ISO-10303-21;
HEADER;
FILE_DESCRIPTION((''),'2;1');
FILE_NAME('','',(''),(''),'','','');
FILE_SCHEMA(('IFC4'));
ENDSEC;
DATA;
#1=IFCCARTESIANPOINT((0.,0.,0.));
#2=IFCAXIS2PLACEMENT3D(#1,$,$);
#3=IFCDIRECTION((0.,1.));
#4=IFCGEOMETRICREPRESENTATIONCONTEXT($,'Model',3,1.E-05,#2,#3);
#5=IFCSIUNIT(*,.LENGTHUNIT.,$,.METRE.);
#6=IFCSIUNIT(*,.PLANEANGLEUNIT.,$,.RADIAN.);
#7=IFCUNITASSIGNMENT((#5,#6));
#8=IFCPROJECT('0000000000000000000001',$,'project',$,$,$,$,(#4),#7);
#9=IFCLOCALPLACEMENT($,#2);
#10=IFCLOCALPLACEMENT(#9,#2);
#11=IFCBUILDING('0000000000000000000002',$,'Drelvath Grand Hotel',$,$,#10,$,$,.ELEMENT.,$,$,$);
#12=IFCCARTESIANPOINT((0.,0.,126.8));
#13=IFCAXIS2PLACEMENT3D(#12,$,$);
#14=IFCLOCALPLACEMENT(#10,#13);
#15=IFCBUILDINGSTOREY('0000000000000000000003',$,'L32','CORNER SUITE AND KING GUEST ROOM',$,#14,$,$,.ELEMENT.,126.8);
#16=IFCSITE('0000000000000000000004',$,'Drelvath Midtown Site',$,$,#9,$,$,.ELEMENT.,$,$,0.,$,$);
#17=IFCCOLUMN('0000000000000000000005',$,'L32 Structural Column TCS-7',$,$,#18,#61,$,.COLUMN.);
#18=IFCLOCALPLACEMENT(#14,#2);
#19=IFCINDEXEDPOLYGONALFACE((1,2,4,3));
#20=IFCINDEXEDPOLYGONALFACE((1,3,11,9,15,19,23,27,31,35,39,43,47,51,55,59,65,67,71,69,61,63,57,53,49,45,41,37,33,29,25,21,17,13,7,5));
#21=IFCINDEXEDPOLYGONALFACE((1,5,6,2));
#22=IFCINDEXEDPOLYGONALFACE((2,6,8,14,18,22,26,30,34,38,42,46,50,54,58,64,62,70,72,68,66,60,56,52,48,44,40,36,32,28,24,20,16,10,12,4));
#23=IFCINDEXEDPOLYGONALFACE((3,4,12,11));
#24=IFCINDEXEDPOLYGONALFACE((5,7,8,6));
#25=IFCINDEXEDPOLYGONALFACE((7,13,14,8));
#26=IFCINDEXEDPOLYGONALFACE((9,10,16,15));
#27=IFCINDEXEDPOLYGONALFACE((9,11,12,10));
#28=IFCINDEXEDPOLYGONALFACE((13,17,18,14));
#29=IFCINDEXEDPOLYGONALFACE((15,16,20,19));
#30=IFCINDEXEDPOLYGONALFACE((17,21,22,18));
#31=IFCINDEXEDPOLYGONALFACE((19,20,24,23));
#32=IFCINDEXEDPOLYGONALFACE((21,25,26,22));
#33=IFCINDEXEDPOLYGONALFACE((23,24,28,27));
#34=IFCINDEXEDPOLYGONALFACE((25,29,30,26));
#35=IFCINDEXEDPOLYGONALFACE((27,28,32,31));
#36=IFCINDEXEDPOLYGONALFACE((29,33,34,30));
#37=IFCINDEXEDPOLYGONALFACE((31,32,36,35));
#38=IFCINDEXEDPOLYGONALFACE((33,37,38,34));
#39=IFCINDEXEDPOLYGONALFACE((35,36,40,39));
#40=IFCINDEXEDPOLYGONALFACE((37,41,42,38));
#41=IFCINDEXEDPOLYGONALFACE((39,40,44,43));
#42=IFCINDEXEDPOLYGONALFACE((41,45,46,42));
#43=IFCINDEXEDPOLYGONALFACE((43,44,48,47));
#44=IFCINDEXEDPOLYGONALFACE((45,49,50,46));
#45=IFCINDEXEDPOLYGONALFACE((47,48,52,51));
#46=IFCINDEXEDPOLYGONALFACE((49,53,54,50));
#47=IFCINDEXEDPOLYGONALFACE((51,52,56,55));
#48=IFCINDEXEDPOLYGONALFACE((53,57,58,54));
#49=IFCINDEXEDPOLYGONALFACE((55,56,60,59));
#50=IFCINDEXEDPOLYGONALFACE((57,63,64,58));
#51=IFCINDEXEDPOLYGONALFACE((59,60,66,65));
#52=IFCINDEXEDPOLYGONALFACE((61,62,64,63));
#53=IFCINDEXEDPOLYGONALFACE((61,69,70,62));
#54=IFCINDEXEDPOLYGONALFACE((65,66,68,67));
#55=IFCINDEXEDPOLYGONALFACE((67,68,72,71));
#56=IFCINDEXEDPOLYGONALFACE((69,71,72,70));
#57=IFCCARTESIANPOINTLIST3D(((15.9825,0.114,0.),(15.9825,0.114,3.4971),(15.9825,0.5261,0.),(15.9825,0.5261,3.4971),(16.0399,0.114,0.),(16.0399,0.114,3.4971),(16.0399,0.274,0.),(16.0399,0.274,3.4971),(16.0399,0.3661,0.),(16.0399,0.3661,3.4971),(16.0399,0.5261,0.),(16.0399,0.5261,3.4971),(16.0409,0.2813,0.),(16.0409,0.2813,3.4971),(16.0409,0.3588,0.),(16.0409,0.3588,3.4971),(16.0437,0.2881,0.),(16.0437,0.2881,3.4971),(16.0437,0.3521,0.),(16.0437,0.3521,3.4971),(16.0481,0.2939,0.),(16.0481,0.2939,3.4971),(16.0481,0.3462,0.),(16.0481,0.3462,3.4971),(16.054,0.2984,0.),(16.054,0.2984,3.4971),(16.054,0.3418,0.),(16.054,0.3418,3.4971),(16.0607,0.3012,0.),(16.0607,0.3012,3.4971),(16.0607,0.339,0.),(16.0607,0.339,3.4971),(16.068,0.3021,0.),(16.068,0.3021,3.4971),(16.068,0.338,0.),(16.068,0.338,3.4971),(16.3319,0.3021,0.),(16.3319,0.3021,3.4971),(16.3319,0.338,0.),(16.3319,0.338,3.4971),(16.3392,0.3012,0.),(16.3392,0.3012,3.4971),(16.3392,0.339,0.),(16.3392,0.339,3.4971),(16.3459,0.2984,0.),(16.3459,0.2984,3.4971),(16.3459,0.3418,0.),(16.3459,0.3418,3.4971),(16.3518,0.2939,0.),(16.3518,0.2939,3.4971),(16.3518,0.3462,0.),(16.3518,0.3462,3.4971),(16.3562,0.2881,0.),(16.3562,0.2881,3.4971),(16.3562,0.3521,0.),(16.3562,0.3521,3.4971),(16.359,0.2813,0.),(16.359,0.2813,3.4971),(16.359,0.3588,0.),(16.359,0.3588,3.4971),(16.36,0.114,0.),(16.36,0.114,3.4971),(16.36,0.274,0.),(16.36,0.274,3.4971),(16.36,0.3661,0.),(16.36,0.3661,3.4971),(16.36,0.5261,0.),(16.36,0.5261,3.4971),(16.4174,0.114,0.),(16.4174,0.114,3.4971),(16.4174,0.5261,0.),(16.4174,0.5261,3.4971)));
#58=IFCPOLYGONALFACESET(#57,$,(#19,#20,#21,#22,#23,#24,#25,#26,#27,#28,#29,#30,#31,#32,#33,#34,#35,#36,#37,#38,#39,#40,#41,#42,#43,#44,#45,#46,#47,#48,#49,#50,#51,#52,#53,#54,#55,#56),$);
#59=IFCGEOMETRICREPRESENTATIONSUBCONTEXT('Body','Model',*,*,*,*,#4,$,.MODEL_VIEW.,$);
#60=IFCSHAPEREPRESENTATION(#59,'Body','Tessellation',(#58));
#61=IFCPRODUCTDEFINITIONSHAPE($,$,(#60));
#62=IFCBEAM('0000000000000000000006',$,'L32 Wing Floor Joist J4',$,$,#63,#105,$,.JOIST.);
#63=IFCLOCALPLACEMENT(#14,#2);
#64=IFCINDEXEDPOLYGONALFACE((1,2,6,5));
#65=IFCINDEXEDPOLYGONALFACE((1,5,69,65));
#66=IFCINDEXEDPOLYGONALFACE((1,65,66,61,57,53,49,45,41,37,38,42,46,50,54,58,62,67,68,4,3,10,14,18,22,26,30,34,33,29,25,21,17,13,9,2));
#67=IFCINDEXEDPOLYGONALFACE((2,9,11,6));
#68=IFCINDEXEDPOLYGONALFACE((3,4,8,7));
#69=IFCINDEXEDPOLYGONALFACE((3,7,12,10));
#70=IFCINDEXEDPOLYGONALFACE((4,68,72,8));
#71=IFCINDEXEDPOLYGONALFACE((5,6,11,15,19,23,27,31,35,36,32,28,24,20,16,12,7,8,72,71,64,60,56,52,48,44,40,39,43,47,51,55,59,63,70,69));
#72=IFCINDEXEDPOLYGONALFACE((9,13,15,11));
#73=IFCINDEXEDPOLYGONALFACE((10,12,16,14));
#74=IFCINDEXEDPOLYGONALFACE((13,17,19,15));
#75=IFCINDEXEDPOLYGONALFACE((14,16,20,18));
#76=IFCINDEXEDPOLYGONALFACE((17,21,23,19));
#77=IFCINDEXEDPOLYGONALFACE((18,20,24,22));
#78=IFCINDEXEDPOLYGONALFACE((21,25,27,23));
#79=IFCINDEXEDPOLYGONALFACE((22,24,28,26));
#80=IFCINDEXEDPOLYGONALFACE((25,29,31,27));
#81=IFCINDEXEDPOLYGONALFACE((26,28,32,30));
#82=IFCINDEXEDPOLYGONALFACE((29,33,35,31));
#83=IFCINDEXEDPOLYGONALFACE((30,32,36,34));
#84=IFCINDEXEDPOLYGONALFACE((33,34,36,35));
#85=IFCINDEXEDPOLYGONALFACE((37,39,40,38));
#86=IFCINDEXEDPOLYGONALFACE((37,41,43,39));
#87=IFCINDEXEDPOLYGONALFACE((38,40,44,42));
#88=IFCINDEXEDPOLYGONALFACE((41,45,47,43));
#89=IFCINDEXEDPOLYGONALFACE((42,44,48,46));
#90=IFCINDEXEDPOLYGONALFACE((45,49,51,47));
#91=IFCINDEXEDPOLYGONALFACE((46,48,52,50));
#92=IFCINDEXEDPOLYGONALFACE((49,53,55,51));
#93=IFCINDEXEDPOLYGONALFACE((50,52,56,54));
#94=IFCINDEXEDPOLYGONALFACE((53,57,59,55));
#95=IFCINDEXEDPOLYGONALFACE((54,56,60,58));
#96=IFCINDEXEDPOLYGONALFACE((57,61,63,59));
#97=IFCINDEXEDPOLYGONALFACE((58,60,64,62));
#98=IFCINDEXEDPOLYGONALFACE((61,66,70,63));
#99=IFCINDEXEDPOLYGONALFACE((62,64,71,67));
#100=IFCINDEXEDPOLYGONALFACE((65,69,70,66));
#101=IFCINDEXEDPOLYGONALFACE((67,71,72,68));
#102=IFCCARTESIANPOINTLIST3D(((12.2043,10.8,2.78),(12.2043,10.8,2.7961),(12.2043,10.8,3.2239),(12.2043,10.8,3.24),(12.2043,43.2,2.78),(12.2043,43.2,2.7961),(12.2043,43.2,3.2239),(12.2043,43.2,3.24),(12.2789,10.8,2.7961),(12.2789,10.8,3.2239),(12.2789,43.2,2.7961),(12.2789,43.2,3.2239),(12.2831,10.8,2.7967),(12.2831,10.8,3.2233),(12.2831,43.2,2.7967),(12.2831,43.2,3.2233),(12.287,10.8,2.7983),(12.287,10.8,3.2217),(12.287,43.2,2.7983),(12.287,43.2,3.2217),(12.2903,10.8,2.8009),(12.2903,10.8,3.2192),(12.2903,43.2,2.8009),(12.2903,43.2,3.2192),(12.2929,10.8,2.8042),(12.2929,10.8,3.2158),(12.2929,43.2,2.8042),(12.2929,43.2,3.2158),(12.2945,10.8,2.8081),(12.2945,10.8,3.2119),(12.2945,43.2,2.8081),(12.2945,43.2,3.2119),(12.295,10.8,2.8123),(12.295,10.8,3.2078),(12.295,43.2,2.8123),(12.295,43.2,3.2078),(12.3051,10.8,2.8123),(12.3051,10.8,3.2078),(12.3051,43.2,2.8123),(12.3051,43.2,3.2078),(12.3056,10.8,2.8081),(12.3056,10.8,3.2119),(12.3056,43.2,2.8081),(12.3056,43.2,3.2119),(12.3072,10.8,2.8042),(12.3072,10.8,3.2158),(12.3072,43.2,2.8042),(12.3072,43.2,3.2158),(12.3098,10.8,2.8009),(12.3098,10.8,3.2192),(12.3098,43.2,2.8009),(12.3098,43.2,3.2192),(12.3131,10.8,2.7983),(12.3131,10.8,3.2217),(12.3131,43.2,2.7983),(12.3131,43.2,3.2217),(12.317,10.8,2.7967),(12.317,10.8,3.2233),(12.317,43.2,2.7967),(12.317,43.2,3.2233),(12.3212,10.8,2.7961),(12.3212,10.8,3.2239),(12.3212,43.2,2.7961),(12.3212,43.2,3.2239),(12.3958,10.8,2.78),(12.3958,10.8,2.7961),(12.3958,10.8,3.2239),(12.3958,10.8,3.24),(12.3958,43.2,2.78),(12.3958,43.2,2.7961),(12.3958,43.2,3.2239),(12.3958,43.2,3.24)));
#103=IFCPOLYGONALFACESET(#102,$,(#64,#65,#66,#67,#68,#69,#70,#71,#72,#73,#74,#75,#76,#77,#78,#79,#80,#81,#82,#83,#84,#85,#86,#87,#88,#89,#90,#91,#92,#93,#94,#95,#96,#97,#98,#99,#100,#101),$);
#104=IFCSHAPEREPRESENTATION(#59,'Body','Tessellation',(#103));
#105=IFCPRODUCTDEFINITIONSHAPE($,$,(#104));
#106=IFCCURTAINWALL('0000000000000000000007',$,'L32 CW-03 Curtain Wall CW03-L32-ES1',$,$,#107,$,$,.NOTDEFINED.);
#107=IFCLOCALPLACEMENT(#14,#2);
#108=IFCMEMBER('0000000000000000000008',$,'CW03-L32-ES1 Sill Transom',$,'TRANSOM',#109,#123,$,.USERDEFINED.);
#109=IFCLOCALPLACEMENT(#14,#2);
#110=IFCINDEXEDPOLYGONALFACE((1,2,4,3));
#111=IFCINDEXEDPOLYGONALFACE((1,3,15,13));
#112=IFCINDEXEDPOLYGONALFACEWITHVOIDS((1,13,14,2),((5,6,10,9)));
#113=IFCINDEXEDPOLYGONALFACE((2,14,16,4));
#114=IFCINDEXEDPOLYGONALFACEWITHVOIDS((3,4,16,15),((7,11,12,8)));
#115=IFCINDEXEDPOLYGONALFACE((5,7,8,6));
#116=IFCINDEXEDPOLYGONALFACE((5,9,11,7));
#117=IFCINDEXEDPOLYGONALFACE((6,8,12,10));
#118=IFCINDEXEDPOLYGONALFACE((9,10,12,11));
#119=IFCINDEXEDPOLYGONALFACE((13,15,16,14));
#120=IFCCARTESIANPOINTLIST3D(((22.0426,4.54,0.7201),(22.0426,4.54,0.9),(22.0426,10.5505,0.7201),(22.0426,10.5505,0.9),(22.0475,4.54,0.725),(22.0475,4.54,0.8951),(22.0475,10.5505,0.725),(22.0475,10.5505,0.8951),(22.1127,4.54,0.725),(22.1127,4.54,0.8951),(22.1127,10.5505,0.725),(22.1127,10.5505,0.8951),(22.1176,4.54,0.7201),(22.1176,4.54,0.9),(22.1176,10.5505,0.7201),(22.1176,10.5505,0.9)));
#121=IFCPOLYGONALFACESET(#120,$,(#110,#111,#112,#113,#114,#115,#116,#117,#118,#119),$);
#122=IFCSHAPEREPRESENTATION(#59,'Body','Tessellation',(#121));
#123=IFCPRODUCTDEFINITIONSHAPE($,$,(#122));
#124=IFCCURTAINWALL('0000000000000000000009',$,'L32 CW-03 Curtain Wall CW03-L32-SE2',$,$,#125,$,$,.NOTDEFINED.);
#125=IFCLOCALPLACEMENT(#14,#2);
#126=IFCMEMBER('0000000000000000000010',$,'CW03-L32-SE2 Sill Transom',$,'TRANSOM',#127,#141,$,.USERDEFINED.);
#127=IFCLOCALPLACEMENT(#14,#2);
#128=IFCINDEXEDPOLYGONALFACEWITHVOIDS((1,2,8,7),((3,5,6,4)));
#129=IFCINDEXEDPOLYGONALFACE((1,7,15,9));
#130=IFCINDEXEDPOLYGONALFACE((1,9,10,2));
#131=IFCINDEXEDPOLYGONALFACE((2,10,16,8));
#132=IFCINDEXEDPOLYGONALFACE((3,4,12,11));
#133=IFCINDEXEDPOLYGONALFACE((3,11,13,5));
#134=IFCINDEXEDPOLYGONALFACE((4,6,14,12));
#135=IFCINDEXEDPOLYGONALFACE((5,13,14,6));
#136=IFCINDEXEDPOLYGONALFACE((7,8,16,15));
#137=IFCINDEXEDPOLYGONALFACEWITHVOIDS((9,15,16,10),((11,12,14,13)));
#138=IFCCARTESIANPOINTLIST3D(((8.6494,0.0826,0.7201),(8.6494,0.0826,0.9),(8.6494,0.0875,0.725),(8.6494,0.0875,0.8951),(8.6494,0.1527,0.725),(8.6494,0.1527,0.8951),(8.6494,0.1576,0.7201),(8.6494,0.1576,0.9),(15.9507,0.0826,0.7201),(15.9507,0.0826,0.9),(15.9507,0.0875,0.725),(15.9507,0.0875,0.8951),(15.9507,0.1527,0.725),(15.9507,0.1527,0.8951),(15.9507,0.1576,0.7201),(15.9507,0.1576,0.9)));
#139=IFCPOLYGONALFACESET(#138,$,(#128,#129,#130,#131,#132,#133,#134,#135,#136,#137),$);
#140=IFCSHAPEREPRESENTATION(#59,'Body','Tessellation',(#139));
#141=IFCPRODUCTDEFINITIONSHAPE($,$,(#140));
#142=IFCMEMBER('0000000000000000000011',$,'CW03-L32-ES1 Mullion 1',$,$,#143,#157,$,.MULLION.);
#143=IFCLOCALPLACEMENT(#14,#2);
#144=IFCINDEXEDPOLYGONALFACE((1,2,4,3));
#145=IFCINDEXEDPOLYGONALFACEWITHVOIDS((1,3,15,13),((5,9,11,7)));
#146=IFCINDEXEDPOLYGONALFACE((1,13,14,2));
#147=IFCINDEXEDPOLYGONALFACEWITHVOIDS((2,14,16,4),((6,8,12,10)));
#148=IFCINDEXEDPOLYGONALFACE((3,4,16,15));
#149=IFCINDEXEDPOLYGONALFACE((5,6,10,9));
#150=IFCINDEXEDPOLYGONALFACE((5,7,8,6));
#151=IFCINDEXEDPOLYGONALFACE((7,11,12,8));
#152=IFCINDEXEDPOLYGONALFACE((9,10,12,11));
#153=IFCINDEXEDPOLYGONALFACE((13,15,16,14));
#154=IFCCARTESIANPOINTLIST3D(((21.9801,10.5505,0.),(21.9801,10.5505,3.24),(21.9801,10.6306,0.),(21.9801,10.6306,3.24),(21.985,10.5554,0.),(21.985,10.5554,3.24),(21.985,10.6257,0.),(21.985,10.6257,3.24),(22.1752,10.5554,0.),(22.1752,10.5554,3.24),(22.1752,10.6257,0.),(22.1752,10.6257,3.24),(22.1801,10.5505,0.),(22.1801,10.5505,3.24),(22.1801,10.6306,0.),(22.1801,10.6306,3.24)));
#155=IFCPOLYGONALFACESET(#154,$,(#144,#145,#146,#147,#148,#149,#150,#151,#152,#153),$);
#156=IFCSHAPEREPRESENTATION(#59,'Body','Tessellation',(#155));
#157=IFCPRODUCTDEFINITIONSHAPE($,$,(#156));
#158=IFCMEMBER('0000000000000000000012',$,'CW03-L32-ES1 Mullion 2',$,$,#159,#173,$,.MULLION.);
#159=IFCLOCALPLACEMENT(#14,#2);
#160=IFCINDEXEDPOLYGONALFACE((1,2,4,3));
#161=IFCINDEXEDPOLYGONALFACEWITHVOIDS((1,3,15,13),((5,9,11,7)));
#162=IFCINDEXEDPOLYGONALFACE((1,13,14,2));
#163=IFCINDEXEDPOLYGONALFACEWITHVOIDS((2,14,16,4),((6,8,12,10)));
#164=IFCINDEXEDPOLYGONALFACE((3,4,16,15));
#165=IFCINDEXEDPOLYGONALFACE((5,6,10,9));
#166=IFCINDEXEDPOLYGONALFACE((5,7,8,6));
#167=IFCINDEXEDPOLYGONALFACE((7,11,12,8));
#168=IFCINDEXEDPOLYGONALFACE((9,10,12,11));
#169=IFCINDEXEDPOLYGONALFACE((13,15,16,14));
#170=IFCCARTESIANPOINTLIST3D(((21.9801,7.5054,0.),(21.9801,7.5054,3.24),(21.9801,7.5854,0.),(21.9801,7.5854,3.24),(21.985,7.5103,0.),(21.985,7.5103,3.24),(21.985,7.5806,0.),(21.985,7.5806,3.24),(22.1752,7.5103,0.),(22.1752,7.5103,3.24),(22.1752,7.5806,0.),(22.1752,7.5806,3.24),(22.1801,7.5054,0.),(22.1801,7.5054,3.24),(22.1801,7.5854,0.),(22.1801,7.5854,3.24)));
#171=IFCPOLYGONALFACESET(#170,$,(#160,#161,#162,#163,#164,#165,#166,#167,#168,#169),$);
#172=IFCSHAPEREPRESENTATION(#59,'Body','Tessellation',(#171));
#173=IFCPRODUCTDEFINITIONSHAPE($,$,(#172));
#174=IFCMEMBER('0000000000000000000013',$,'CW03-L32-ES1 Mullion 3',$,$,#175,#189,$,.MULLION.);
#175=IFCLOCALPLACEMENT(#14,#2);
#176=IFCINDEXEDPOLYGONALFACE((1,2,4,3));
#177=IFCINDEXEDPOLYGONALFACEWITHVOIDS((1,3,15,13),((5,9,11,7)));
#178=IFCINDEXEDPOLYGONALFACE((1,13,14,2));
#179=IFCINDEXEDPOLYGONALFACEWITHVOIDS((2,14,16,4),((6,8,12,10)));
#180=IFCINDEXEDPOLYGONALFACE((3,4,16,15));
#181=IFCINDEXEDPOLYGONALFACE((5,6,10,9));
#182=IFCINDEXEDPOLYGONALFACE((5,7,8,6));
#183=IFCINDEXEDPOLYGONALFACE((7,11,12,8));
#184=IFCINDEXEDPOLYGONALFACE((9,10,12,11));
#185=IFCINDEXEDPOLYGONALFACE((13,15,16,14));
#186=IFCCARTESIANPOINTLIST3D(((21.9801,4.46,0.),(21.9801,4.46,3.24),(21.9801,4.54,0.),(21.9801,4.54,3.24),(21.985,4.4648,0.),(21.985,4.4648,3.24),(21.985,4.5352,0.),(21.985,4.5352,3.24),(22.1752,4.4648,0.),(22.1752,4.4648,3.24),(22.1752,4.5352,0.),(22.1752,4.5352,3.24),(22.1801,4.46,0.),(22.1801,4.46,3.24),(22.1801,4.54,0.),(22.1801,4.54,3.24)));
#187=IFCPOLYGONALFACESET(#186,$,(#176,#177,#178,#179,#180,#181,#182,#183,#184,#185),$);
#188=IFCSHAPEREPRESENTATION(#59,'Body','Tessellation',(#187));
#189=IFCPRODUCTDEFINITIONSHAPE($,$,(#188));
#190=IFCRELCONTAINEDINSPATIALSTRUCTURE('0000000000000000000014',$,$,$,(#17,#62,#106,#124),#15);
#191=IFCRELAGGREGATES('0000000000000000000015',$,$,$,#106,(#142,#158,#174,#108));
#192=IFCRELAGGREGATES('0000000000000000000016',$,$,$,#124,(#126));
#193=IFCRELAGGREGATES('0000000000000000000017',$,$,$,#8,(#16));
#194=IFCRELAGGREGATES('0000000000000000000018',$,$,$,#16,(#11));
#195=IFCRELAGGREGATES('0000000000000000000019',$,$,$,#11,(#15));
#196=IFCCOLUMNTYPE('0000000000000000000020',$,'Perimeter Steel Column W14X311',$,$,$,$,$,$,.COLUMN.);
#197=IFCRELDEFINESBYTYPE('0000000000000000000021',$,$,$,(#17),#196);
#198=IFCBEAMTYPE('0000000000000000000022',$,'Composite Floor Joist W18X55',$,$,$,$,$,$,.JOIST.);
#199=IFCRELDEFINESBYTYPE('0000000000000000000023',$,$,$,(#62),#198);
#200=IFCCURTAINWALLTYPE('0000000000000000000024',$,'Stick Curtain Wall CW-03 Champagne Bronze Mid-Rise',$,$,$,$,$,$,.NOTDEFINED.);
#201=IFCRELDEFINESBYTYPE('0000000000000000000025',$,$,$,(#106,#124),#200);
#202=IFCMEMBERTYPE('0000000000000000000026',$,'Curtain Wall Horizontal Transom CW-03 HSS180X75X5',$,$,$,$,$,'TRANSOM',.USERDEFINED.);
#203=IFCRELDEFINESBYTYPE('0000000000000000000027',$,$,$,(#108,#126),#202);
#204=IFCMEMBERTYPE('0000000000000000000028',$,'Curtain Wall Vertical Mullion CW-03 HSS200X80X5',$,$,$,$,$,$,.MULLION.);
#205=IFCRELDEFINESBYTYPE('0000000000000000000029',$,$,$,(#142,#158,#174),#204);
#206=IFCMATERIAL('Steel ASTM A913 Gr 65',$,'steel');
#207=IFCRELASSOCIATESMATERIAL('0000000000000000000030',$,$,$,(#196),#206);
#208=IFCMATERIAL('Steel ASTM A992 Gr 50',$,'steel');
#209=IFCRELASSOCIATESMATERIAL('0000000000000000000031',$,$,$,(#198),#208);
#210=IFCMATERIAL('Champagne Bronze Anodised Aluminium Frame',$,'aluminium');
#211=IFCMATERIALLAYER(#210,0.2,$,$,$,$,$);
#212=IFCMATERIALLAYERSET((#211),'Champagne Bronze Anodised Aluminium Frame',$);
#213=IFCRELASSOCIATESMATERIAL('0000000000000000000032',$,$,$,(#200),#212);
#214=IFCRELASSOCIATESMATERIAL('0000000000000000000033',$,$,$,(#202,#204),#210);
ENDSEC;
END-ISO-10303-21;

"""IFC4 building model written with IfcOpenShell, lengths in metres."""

from ifc_helpers import new_model, si_unit, direction, frame, origin, origin_2d, place, context, subcontext, project, spatial, hollow_rectangle, i_section, extrude, material, layer, layer_set, material_profile, profile_set, type_object, element, aggregate, save


model = new_model("IFC4")

# Units and contexts
model_context = context("Model", 3, precision=1e-05, world=origin(), true_north=direction((0.0, 1.0)))
body_context = subcontext(model_context, "Body", "Model", "MODEL_VIEW")
ifc_project = project(units=[si_unit("LENGTHUNIT", "METRE"), si_unit("PLANEANGLEUNIT", "RADIAN")], contexts=[model_context])

# Site, building, storey
site_placement = place(None, origin())
site = spatial("IfcSite", under=ifc_project, at=site_placement, Name="Drelvath Midtown Site", CompositionType="ELEMENT", RefElevation=0.0)
building_placement = place(site_placement, origin())
building = spatial("IfcBuilding", under=site, at=building_placement, Name="Drelvath Grand Hotel", CompositionType="ELEMENT")
storey_placement = place(building_placement, frame((0.0, 0.0, 126.8)))
storey = spatial("IfcBuildingStorey", under=building, at=storey_placement, Name="L32", Description="CORNER SUITE AND KING GUEST ROOM", CompositionType="ELEMENT", Elevation=126.8)

# Column
ifc_material_1 = material(Name="Steel ASTM A913 Gr 65", Category="steel")
ifc_material_profile_1 = material_profile(ifc_material_1, i_section(OverallWidth=0.4121, OverallDepth=0.4348, WebThickness=0.0359, FlangeThickness=0.0574, FilletRadius=0.0281, at=origin_2d()), Name="W14X311")
ifc_profile_set_1 = profile_set([ifc_material_profile_1], Name="Steel ASTM A913 Gr 65")
column_type = type_object("IfcColumnType", Name="Perimeter Steel Column W14X311", PredefinedType="COLUMN", material=ifc_profile_set_1)
column_placement = place(storey_placement, frame((16.2, 0.3201, 0.0), z_axis=(0.0, 0.0, 1.0), x_axis=(0.0, 1.0, 0.0)))
element("IfcColumn", 1, at=column_placement, inside=storey, type_object=column_type, Name="L32 Structural Column TCS-7", PredefinedType="COLUMN", context=body_context, shape_type="SweptSolid", body=[
    extrude(i_section(OverallWidth=0.4121, OverallDepth=0.4348, WebThickness=0.0359, FlangeThickness=0.0574, FilletRadius=0.0281, at=origin_2d()), origin(), (0.0, 0.0, 1.0), 3.4971),
])

# Beam
ifc_material_2 = material(Name="Steel ASTM A992 Gr 50", Category="steel")
ifc_material_profile_2 = material_profile(ifc_material_2, i_section(OverallWidth=0.1914, OverallDepth=0.46, WebThickness=0.01, FlangeThickness=0.0161, FilletRadius=0.0161, at=origin_2d()), Name="W18X55")
ifc_profile_set_2 = profile_set([ifc_material_profile_2], Name="Steel ASTM A992 Gr 50")
beam_type_1 = type_object("IfcBeamType", Name="Composite Floor Joist W18X55", PredefinedType="JOIST", material=ifc_profile_set_2)
beam_1_placement = place(storey_placement, frame((12.3, 10.8, 3.01), z_axis=(0.0, 1.0, 0.0), x_axis=(-1.0, 0.0, 0.0)))
element("IfcBeam", 2, at=beam_1_placement, inside=storey, type_object=beam_type_1, Name="L32 Wing Floor Joist J4", PredefinedType="JOIST", context=body_context, shape_type="SweptSolid", body=[
    extrude(i_section(OverallWidth=0.1914, OverallDepth=0.46, WebThickness=0.01, FlangeThickness=0.0161, FilletRadius=0.0161, at=origin_2d()), origin(), (0.0, 0.0, 1.0), 32.3999),
])

# Curtain walls, members
ifc_material_3 = material(Name="Champagne Bronze Anodised Aluminium Frame", Category="aluminium")
ifc_layer_1 = layer(ifc_material_3, 0.2)
ifc_layer_set_1 = layer_set([ifc_layer_1], Name="Champagne Bronze Anodised Aluminium Frame")
curtain_wall_type = type_object("IfcCurtainWallType", Name="Stick Curtain Wall CW-03 Champagne Bronze Mid-Rise", PredefinedType="NOTDEFINED", material=ifc_layer_set_1)
curtain_wall_1_placement = place(storey_placement, origin())
curtain_wall_1 = element("IfcCurtainWall", 3, at=curtain_wall_1_placement, inside=storey, type_object=curtain_wall_type, Name="L32 CW-03 Curtain Wall CW03-L32-ES1", PredefinedType="NOTDEFINED")
ifc_material_profile_3 = material_profile(ifc_material_3, hollow_rectangle(XDim=0.075, YDim=0.1799, WallThickness=0.0049, at=origin_2d()), Name="HSS180X75X5")
ifc_profile_set_3 = profile_set([ifc_material_profile_3], Name="Champagne Bronze Anodised Aluminium Frame")
member_type_1 = type_object("IfcMemberType", Name="Curtain Wall Horizontal Transom CW-03 HSS180X75X5", ElementType="TRANSOM", PredefinedType="USERDEFINED", material=ifc_profile_set_3)
member_1_placement = place(storey_placement, frame((22.0801, 10.5505, 0.8101), z_axis=(0.0, -1.0, 0.0), x_axis=(1.0, 0.0, 0.0)))
member_1 = element("IfcMember", 4, at=member_1_placement, type_object=member_type_1, Name="CW03-L32-ES1 Sill Transom", ObjectType="TRANSOM", PredefinedType="USERDEFINED", context=body_context, shape_type="SweptSolid", body=[
    extrude(hollow_rectangle(XDim=0.075, YDim=0.1799, WallThickness=0.0049, at=origin_2d()), origin(), (0.0, 0.0, 1.0), 6.0105),
])
curtain_wall_2_placement = place(storey_placement, origin())
curtain_wall_2 = element("IfcCurtainWall", 5, at=curtain_wall_2_placement, inside=storey, type_object=curtain_wall_type, Name="L32 CW-03 Curtain Wall CW03-L32-SE2", PredefinedType="NOTDEFINED")
member_2_placement = place(storey_placement, frame((15.9507, 0.1201, 0.8101), z_axis=(-1.0, 0.0, 0.0), x_axis=(0.0, -1.0, 0.0)))
member_2 = element("IfcMember", 6, at=member_2_placement, type_object=member_type_1, Name="CW03-L32-SE2 Sill Transom", ObjectType="TRANSOM", PredefinedType="USERDEFINED", context=body_context, shape_type="SweptSolid", body=[
    extrude(hollow_rectangle(XDim=0.075, YDim=0.1799, WallThickness=0.0049, at=origin_2d()), origin(), (0.0, 0.0, 1.0), 7.3013),
])

# Members
ifc_material_profile_4 = material_profile(ifc_material_3, hollow_rectangle(XDim=0.0801, YDim=0.2, WallThickness=0.0049, at=origin_2d()), Name="HSS200X80X5")
ifc_profile_set_4 = profile_set([ifc_material_profile_4], Name="Champagne Bronze Anodised Aluminium Frame")
member_type_2 = type_object("IfcMemberType", Name="Curtain Wall Vertical Mullion CW-03 HSS200X80X5", PredefinedType="MULLION", material=ifc_profile_set_4)
member_3_placement = place(storey_placement, frame((22.0801, 10.5906, 0.0), z_axis=(0.0, 0.0, 1.0), x_axis=(0.0, 1.0, 0.0)))
member_3 = element("IfcMember", 7, at=member_3_placement, type_object=member_type_2, Name="CW03-L32-ES1 Mullion 1", PredefinedType="MULLION", context=body_context, shape_type="SweptSolid", body=[
    extrude(hollow_rectangle(XDim=0.0801, YDim=0.2, WallThickness=0.0049, at=origin_2d()), origin(), (0.0, 0.0, 1.0), 3.24),
])
member_4_placement = place(storey_placement, frame((22.0801, 7.5454, 0.0), z_axis=(0.0, 0.0, 1.0), x_axis=(0.0, 1.0, 0.0)))
member_4 = element("IfcMember", 8, at=member_4_placement, type_object=member_type_2, Name="CW03-L32-ES1 Mullion 2", PredefinedType="MULLION", context=body_context, shape_type="SweptSolid", body=[
    extrude(hollow_rectangle(XDim=0.0801, YDim=0.2, WallThickness=0.0049, at=origin_2d()), origin(), (0.0, 0.0, 1.0), 3.24),
])
member_5_placement = place(storey_placement, frame((22.0801, 4.5, 0.0), z_axis=(0.0, 0.0, 1.0), x_axis=(0.0, 1.0, 0.0)))
member_5 = element("IfcMember", 9, at=member_5_placement, type_object=member_type_2, Name="CW03-L32-ES1 Mullion 3", PredefinedType="MULLION", context=body_context, shape_type="SweptSolid", body=[
    extrude(hollow_rectangle(XDim=0.0801, YDim=0.2, WallThickness=0.0049, at=origin_2d()), origin(), (0.0, 0.0, 1.0), 3.24),
])

aggregate(curtain_wall_1, [member_3, member_4, member_5, member_1])
aggregate(curtain_wall_2, [member_2])

save(model, "model.ifc")
